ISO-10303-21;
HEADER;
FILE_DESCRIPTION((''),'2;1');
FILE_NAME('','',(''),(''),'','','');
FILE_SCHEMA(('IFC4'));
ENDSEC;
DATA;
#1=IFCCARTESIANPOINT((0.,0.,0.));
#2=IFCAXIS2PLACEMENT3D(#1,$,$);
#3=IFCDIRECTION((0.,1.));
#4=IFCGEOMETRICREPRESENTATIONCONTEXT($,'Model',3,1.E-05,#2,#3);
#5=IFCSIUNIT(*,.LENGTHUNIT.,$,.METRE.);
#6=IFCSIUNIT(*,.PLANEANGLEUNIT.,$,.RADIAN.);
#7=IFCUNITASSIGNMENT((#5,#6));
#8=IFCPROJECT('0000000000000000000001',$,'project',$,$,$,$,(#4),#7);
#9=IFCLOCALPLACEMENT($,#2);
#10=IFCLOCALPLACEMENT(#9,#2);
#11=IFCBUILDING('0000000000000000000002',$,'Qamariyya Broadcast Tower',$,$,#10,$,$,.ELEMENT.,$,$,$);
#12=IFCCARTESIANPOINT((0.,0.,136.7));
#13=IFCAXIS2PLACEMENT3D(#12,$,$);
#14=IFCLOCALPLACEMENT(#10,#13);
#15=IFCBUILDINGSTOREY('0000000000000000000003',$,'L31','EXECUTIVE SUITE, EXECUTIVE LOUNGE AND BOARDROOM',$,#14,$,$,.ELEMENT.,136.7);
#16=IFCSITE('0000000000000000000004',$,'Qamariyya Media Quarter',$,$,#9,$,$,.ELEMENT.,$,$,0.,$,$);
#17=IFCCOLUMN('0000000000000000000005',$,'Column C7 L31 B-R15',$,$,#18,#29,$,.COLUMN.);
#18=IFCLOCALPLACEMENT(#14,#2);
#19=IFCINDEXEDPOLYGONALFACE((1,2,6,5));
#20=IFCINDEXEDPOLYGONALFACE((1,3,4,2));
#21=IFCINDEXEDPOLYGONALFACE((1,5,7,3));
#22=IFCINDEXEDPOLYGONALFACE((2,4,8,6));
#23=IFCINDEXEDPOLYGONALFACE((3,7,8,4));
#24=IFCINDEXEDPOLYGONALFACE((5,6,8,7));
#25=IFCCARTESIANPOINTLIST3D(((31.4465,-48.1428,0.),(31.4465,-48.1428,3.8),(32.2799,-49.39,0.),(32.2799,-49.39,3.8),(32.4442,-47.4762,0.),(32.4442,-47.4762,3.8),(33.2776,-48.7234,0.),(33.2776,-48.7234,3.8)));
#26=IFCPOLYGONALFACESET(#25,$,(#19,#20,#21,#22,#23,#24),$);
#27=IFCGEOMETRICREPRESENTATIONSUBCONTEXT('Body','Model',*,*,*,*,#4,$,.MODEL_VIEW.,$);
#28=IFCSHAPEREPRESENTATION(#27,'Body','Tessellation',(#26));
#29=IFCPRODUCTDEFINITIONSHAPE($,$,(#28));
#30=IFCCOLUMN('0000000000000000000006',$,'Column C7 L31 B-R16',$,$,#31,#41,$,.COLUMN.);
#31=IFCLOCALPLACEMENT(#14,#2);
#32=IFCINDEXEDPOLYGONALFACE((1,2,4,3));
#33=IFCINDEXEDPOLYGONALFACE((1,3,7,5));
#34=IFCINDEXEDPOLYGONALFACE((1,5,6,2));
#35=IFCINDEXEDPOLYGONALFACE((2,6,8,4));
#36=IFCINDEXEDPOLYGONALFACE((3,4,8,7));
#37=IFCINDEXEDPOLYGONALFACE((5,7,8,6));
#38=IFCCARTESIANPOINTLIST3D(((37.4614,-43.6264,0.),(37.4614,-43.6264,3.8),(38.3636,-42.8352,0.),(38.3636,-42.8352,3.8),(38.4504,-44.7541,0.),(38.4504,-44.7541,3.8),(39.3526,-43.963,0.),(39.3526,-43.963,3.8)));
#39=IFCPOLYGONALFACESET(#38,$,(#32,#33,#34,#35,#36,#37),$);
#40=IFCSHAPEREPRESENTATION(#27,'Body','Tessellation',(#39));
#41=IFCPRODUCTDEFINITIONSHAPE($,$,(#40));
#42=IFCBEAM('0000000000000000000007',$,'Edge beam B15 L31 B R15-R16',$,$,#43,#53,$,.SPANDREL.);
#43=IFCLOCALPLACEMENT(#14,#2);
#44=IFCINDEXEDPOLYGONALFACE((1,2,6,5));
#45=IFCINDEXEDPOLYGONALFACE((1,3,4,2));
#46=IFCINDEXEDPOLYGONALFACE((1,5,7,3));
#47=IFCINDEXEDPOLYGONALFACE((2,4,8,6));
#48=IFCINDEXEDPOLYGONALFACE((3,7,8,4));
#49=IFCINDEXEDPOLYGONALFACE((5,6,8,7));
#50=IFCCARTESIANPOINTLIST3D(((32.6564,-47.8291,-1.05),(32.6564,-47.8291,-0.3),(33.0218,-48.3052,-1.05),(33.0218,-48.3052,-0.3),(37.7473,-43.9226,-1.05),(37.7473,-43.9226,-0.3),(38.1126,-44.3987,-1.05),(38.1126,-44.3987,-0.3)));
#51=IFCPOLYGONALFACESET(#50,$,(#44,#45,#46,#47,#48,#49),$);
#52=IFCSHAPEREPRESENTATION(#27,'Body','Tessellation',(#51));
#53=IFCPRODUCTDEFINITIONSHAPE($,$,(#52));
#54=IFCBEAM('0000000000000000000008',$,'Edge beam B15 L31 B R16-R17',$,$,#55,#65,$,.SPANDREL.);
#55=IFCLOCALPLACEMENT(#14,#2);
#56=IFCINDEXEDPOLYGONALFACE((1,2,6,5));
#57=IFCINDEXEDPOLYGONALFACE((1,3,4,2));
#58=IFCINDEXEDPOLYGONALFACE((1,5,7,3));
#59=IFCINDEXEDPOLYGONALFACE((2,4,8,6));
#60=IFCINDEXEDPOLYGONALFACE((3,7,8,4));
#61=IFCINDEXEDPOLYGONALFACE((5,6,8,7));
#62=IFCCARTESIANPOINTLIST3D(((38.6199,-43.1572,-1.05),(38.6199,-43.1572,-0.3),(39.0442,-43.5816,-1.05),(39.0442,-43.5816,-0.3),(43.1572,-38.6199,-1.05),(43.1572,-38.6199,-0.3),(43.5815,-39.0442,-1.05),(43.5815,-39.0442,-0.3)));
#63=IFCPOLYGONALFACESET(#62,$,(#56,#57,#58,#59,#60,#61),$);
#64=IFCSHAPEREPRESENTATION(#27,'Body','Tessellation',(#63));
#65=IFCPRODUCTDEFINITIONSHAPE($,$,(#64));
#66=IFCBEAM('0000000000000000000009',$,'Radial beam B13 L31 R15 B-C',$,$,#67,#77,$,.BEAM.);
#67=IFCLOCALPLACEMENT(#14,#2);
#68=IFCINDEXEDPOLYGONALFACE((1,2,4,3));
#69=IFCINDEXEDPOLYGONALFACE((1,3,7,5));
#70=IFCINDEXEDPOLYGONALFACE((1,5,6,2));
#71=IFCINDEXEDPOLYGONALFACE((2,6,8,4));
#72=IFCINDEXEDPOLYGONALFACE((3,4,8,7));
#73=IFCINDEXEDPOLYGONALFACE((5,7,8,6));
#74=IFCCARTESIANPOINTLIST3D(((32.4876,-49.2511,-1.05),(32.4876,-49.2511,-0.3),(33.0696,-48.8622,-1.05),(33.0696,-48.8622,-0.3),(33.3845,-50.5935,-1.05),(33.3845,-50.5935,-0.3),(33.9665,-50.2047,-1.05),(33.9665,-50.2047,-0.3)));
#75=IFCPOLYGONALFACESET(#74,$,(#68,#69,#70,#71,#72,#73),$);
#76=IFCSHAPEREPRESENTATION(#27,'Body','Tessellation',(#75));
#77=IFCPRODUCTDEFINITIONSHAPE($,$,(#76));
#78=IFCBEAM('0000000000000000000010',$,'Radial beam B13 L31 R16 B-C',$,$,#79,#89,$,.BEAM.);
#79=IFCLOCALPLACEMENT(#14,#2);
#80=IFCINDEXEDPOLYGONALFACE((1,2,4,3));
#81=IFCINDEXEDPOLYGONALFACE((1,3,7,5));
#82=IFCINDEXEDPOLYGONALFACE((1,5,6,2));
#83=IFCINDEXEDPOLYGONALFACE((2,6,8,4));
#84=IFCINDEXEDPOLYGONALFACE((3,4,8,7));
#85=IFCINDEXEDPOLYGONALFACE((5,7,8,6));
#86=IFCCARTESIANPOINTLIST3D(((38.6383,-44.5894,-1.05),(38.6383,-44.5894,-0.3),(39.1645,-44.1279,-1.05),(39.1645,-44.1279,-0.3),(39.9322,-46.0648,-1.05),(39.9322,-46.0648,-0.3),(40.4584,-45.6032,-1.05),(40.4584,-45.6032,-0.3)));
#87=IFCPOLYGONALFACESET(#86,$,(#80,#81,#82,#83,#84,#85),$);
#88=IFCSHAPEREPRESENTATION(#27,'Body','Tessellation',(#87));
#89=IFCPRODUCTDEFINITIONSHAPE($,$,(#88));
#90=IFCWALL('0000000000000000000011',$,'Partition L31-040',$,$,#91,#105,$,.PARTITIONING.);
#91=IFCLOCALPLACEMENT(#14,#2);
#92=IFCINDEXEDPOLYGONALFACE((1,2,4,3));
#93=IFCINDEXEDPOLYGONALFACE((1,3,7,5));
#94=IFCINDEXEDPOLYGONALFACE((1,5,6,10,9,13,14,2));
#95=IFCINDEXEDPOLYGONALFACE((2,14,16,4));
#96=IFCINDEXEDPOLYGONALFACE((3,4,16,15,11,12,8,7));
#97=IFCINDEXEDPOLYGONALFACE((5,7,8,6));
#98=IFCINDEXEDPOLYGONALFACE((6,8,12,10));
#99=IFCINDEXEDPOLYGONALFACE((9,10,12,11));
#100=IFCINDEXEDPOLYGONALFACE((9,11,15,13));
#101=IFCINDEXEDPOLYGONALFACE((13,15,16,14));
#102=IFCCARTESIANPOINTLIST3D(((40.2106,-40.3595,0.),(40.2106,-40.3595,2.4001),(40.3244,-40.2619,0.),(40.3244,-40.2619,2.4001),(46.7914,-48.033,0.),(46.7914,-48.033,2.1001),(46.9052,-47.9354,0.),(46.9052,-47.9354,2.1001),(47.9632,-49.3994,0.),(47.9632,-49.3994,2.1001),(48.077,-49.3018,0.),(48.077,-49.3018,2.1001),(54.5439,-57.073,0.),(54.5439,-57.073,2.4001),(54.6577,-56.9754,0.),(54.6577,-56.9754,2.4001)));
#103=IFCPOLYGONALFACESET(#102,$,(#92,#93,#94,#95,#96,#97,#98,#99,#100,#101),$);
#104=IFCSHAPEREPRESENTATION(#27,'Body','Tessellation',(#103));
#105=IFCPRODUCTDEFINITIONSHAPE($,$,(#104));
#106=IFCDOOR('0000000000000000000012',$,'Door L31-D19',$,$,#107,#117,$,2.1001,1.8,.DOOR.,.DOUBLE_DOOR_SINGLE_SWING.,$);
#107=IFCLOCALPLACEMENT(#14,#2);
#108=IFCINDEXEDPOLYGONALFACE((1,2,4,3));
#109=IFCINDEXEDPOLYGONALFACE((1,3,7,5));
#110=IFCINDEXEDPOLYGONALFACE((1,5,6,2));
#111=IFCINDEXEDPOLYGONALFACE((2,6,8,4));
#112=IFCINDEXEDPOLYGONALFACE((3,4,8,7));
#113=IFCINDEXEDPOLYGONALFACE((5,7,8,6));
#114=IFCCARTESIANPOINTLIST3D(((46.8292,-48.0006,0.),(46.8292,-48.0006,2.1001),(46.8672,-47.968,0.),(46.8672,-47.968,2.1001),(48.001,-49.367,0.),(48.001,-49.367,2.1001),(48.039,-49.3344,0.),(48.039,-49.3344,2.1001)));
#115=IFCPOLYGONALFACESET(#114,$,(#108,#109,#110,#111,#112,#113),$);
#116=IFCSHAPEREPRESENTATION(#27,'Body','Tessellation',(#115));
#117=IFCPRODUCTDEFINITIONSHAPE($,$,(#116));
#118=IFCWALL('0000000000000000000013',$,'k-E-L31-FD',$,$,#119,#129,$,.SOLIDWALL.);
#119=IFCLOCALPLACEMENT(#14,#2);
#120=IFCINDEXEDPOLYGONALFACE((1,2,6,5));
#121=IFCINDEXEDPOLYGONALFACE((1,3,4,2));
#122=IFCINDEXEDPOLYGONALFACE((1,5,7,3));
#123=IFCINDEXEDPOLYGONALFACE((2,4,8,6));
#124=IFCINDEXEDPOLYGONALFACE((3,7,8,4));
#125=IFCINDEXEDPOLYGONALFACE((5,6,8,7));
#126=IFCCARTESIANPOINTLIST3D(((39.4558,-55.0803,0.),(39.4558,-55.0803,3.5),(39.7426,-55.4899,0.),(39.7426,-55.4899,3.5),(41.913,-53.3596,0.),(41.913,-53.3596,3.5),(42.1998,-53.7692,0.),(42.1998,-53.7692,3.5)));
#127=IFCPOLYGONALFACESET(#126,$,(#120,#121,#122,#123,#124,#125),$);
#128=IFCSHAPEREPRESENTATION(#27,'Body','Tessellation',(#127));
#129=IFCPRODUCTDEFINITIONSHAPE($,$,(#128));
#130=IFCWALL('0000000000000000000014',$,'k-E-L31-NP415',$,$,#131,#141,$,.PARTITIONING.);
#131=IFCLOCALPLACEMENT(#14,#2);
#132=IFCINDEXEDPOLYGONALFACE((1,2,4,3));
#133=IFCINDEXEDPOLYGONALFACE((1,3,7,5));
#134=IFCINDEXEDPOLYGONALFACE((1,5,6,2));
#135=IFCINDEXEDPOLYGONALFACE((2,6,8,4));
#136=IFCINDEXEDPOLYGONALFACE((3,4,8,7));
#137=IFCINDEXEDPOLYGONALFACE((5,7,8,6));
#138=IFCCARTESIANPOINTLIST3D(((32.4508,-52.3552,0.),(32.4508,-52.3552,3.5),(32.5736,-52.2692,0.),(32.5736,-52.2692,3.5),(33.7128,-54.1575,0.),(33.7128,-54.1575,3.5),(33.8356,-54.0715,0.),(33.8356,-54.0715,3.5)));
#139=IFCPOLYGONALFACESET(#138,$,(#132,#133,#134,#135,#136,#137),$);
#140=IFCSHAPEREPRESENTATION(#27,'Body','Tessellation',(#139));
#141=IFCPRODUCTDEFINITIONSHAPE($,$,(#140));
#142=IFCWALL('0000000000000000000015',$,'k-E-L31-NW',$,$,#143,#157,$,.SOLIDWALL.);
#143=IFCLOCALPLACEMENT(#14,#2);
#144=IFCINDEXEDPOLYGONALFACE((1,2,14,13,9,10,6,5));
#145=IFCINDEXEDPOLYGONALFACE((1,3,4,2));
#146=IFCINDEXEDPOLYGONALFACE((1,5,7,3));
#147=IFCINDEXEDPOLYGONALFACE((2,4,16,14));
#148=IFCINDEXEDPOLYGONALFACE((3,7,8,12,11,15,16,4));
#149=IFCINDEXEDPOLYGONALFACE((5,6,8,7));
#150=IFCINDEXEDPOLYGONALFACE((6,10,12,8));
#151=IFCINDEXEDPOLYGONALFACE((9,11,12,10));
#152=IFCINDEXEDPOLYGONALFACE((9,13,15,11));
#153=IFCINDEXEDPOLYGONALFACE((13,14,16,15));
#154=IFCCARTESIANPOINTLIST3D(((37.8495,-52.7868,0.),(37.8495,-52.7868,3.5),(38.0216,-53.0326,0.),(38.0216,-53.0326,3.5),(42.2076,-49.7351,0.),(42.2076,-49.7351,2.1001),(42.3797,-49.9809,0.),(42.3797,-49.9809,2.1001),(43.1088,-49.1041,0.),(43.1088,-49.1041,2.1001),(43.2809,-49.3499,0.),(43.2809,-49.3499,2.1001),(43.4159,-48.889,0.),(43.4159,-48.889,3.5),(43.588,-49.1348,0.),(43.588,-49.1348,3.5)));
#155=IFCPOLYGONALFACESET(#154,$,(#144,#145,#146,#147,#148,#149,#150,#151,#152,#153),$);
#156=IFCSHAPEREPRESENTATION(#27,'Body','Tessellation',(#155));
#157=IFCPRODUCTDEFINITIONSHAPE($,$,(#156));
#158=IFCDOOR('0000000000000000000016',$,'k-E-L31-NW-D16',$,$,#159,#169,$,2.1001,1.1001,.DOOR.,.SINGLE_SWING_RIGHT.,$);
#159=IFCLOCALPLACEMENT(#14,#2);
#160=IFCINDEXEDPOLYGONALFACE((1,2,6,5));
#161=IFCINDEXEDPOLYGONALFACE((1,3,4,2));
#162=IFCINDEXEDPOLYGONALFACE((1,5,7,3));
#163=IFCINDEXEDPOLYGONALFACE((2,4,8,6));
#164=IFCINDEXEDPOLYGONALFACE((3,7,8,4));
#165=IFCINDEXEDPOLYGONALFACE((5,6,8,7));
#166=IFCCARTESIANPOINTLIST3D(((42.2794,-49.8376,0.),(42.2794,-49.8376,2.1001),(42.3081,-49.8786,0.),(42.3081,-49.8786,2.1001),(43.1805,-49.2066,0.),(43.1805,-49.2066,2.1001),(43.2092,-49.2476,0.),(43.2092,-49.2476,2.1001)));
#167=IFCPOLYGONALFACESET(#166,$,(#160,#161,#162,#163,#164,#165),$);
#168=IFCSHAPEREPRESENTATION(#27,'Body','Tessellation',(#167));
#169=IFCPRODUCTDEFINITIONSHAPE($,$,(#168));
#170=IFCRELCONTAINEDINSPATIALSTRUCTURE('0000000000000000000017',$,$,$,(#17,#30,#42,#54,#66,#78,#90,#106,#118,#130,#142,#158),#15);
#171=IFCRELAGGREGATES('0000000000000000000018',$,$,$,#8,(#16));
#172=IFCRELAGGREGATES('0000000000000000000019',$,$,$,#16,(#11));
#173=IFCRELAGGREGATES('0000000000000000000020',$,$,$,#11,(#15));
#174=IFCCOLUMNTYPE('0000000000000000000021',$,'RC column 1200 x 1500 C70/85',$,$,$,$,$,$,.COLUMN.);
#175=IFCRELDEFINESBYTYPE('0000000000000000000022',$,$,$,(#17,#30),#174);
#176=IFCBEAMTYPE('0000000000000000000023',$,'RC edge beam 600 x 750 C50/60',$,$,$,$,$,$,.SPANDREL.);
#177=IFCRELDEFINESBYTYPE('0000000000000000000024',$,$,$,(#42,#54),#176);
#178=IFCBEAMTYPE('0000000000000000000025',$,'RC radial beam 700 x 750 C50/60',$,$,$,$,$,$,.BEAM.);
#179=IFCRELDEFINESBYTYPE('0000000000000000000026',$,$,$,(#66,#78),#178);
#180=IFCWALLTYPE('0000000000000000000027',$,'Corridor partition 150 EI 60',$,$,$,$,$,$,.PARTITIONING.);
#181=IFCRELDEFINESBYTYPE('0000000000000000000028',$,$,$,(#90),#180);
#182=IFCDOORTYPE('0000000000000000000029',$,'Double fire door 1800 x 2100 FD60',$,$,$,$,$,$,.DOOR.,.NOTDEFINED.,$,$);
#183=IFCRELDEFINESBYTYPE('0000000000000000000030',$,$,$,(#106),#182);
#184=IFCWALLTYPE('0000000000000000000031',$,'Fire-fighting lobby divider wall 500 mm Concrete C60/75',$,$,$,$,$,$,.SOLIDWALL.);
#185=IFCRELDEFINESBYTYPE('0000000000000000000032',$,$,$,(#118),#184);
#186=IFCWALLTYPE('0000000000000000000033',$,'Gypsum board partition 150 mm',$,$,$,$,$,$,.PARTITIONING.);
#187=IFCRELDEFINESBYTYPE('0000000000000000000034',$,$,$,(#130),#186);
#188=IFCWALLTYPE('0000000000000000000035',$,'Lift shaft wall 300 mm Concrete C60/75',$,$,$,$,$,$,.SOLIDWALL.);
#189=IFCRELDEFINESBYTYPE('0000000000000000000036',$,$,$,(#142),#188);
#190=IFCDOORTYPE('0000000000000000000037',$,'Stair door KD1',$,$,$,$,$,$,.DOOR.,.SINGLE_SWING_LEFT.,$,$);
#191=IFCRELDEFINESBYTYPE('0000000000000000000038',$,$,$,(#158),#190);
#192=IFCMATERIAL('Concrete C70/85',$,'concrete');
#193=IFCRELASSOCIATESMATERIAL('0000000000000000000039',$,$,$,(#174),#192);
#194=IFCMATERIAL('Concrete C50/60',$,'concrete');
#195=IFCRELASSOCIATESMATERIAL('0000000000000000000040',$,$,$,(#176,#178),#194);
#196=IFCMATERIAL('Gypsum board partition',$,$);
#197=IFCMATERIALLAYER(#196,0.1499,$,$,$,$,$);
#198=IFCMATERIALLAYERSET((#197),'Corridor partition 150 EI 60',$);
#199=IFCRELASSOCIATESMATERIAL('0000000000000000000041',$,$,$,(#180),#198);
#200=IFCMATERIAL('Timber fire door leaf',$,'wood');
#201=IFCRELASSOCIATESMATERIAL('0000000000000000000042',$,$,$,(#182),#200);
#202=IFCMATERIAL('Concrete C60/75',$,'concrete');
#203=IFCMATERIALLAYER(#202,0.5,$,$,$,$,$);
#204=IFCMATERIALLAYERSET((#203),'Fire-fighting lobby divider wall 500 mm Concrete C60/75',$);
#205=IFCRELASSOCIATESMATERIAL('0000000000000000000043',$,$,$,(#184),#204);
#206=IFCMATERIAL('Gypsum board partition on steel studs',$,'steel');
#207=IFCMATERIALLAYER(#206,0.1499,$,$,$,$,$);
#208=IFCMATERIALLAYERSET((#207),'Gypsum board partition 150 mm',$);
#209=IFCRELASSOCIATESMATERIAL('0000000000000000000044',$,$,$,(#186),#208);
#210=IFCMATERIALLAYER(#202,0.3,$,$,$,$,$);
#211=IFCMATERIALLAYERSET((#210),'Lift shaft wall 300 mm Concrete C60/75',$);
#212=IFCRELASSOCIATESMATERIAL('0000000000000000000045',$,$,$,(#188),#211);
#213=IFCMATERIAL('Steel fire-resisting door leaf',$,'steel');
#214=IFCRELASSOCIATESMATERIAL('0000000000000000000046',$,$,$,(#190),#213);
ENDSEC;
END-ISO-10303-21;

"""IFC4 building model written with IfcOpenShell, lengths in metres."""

from ifc_helpers import new_model, si_unit, direction, frame, frame_2d, origin, origin_2d, place, context, subcontext, project, spatial, rectangle, extrude, material, layer, layer_set, material_profile, profile_set, type_object, element, fill, save


model = new_model("IFC4")

# Units and contexts
model_context = context("Model", 3, precision=1e-05, world=origin(), true_north=direction((0.0, 1.0)))
body_context = subcontext(model_context, "Body", "Model", "MODEL_VIEW")
ifc_project = project(units=[si_unit("LENGTHUNIT", "METRE"), si_unit("PLANEANGLEUNIT", "RADIAN")], contexts=[model_context])

# Site, building, storey
site_placement = place(None, origin())
site = spatial("IfcSite", under=ifc_project, at=site_placement, Name="Qamariyya Media Quarter", CompositionType="ELEMENT", RefElevation=0.0)
building_placement = place(site_placement, origin())
building = spatial("IfcBuilding", under=site, at=building_placement, Name="Qamariyya Broadcast Tower", CompositionType="ELEMENT")
storey_placement = place(building_placement, frame((0.0, 0.0, 136.7)))
storey = spatial("IfcBuildingStorey", under=building, at=storey_placement, Name="L31", Description="EXECUTIVE SUITE, EXECUTIVE LOUNGE AND BOARDROOM", CompositionType="ELEMENT", Elevation=136.7)

# Columns
ifc_material_1 = material(Name="Concrete C70/85", Category="concrete")
ifc_material_profile_1 = material_profile(ifc_material_1, rectangle(XDim=1.2, YDim=1.5, at=origin_2d()))
ifc_profile_set_1 = profile_set([ifc_material_profile_1], Name="Concrete C70/85")
column_type = type_object("IfcColumnType", Name="RC column 1200 x 1500 C70/85", PredefinedType="COLUMN", material=ifc_profile_set_1)
for number, where, z_axis, x_axis, name in (
    (1, (32.3621, -48.4331, 0.0), (0.0, 0.0, 1.0), (0.83147, 0.55557, 0.0), "Column C7 L31 B-R15"),
    (2, (38.407, -43.7947, 0.0), (0.0, 0.0, 1.0), (0.75184, 0.659346, 0.0), "Column C7 L31 B-R16"),
):
    element("IfcColumn", number, at=place(storey_placement, frame(where, z_axis=z_axis, x_axis=x_axis)), inside=storey, type_object=column_type, Name=name, PredefinedType="COLUMN", context=body_context, shape_type="SweptSolid", body=[
        extrude(rectangle(XDim=1.2, YDim=1.5, at=origin_2d()), origin(), (0.0, 0.0, 1.0), 3.8),
    ])

# Beams
ifc_material_2 = material(Name="Concrete C50/60", Category="concrete")
ifc_material_profile_2 = material_profile(ifc_material_2, rectangle(XDim=0.6001, YDim=0.75, at=origin_2d()))
ifc_profile_set_2 = profile_set([ifc_material_profile_2], Name="Concrete C50/60")
beam_type_1 = type_object("IfcBeamType", Name="RC edge beam 600 x 750 C50/60", PredefinedType="SPANDREL", material=ifc_profile_set_2)
beam_1_placement = place(storey_placement, frame((32.8391, -48.0671, -0.675), z_axis=(0.793341, 0.608778, 0.0), x_axis=(-0.608778, 0.793341, 0.0)))
element("IfcBeam", 3, at=beam_1_placement, inside=storey, type_object=beam_type_1, Name="Edge beam B15 L31 B R15-R16", PredefinedType="SPANDREL", context=body_context, shape_type="SweptSolid", body=[
    extrude(rectangle(XDim=0.6001, YDim=0.75, at=origin_2d()), origin(), (0.0, 0.0, 1.0), 6.417),
])
beam_2_placement = place(storey_placement, frame((38.832, -43.3694, -0.675), z_axis=(0.707107, 0.707107, 0.0), x_axis=(-0.707107, 0.707107, 0.0)))
element("IfcBeam", 4, at=beam_2_placement, inside=storey, type_object=beam_type_1, Name="Edge beam B15 L31 B R16-R17", PredefinedType="SPANDREL", context=body_context, shape_type="SweptSolid", body=[
    extrude(rectangle(XDim=0.6001, YDim=0.75, at=origin_2d()), origin(), (0.0, 0.0, 1.0), 6.4167),
])
ifc_material_profile_3 = material_profile(ifc_material_2, rectangle(XDim=0.7, YDim=0.75, at=origin_2d()))
ifc_profile_set_3 = profile_set([ifc_material_profile_3], Name="Concrete C50/60")
beam_type_2 = type_object("IfcBeamType", Name="RC radial beam 700 x 750 C50/60", PredefinedType="BEAM", material=ifc_profile_set_3)
beam_3_placement = place(storey_placement, frame((32.7786, -49.0566, -0.675), z_axis=(0.555537, -0.831492, 0.0), x_axis=(0.831492, 0.555537, 0.0)))
element("IfcBeam", 5, at=beam_3_placement, inside=storey, type_object=beam_type_2, Name="Radial beam B13 L31 R15 B-C", PredefinedType="BEAM", context=body_context, shape_type="SweptSolid", body=[
    extrude(rectangle(XDim=0.7, YDim=0.75, at=origin_2d()), origin(), (0.0, 0.0, 1.0), 1.6145),
])
beam_4_placement = place(storey_placement, frame((38.9014, -44.3586, -0.675), z_axis=(0.659376, -0.751813, 0.0), x_axis=(0.751813, 0.659376, 0.0)))
element("IfcBeam", 6, at=beam_4_placement, inside=storey, type_object=beam_type_2, Name="Radial beam B13 L31 R16 B-C", PredefinedType="BEAM", context=body_context, shape_type="SweptSolid", body=[
    extrude(rectangle(XDim=0.7, YDim=0.75, at=origin_2d()), origin(), (0.0, 0.0, 1.0), 1.9624),
])

# Wall, opening, door
ifc_material_3 = material(Name="Gypsum board partition")
ifc_layer_1 = layer(ifc_material_3, 0.1499)
ifc_layer_set_1 = layer_set([ifc_layer_1], Name="Corridor partition 150 EI 60")
wall_type_1 = type_object("IfcWallType", Name="Corridor partition 150 EI 60", PredefinedType="PARTITIONING", material=ifc_layer_set_1)
wall_1_placement = place(storey_placement, frame((40.2676, -40.3108, 0.0), z_axis=(0.0, 0.0, 1.0), x_axis=(0.650988, -0.759088, 0.0)))
wall_1 = element("IfcWall", 7, at=wall_1_placement, inside=storey, type_object=wall_type_1, Name="Partition L31-040", PredefinedType="PARTITIONING", context=body_context, shape_type="SweptSolid", body=[
    extrude(rectangle(XDim=22.0178, YDim=0.1499, at=frame_2d((11.0088, 0.0))), origin(), (0.0, 0.0, 1.0), 2.4001),
])
opening_1_placement = place(wall_1_placement, frame((10.1089, 0.0, 0.0)))
opening_1 = element("IfcOpeningElement", 8, at=opening_1_placement, cuts=wall_1, PredefinedType="OPENING", context=body_context, shape_type="SweptSolid", body=[
    extrude(rectangle(XDim=1.8, YDim=2.1001, at=frame_2d((0.8999, 1.05))), frame((0.0, 0.085, 0.0), z_axis=(0.0, -1.0, 0.0), x_axis=(1.0, 0.0, 0.0)), (0.0, 0.0, 1.0), 0.1699),
])
ifc_material_4 = material(Name="Timber fire door leaf", Category="wood")
door_type_1 = type_object("IfcDoorType", Name="Double fire door 1800 x 2100 FD60", OperationType="NOTDEFINED", PredefinedType="DOOR", material=ifc_material_4)
door_1_placement = place(opening_1_placement, origin())
door_1 = element("IfcDoor", 9, at=door_1_placement, inside=storey, type_object=door_type_1, Name="Door L31-D19", OperationType="DOUBLE_DOOR_SINGLE_SWING", OverallHeight=2.1001, OverallWidth=1.8, PredefinedType="DOOR", context=body_context, shape_type="SweptSolid", body=[
    extrude(rectangle(XDim=1.8, YDim=2.1001, at=frame_2d((0.8999, 1.05))), frame((0.0, 0.0249, 0.0), z_axis=(0.0, -1.0, 0.0), x_axis=(1.0, 0.0, 0.0)), (0.0, 0.0, 1.0), 0.05),
])
fill(opening_1, door_1)

# Walls
ifc_material_5 = material(Name="Concrete C60/75", Category="concrete")
ifc_layer_2 = layer(ifc_material_5, 0.5)
ifc_layer_set_2 = layer_set([ifc_layer_2], Name="Fire-fighting lobby divider wall 500 mm Concrete C60/75")
wall_type_2 = type_object("IfcWallType", Name="Fire-fighting lobby divider wall 500 mm Concrete C60/75", PredefinedType="SOLIDWALL", material=ifc_layer_set_2)
wall_2_placement = place(storey_placement, frame((39.5991, -55.2852, 0.0), z_axis=(0.0, 0.0, 1.0), x_axis=(0.819136, 0.573599, 0.0)))
element("IfcWall", 10, at=wall_2_placement, inside=storey, type_object=wall_type_2, Name="k-E-L31-FD", PredefinedType="SOLIDWALL", context=body_context, shape_type="SweptSolid", body=[
    extrude(rectangle(XDim=2.9998, YDim=0.5, at=frame_2d((1.5, 0.0))), origin(), (0.0, 0.0, 1.0), 3.5),
])
ifc_material_6 = material(Name="Gypsum board partition on steel studs", Category="steel")
ifc_layer_3 = layer(ifc_material_6, 0.1499)
ifc_layer_set_3 = layer_set([ifc_layer_3], Name="Gypsum board partition 150 mm")
wall_type_3 = type_object("IfcWallType", Name="Gypsum board partition 150 mm", PredefinedType="PARTITIONING", material=ifc_layer_set_3)
wall_3_placement = place(storey_placement, frame((33.7742, -54.1145, 0.0), z_axis=(0.0, 0.0, 1.0), x_axis=(-0.573581, 0.819149, 0.0)))
element("IfcWall", 11, at=wall_3_placement, inside=storey, type_object=wall_type_3, Name="k-E-L31-NP415", PredefinedType="PARTITIONING", context=body_context, shape_type="SweptSolid", body=[
    extrude(rectangle(XDim=2.2002, YDim=0.1499, at=frame_2d((1.1001, 0.0))), origin(), (0.0, 0.0, 1.0), 3.5),
])

# Wall, opening, door
ifc_layer_4 = layer(ifc_material_5, 0.3)
ifc_layer_set_4 = layer_set([ifc_layer_4], Name="Lift shaft wall 300 mm Concrete C60/75")
wall_type_4 = type_object("IfcWallType", Name="Lift shaft wall 300 mm Concrete C60/75", PredefinedType="SOLIDWALL", material=ifc_layer_set_4)
wall_4_placement = place(storey_placement, frame((37.9355, -52.9097, 0.0), z_axis=(0.0, 0.0, 1.0), x_axis=(0.819148, 0.573583, 0.0)))
wall_4 = element("IfcWall", 12, at=wall_4_placement, inside=storey, type_object=wall_type_4, Name="k-E-L31-NW", PredefinedType="SOLIDWALL", context=body_context, shape_type="SweptSolid", body=[
    extrude(rectangle(XDim=6.7954, YDim=0.3, at=frame_2d((3.3977, 0.0))), origin(), (0.0, 0.0, 1.0), 3.5),
])
opening_2_placement = place(wall_4_placement, frame((5.3203, 0.0, 0.0)))
opening_2 = element("IfcOpeningElement", 13, at=opening_2_placement, cuts=wall_4, PredefinedType="OPENING", context=body_context, shape_type="SweptSolid", body=[
    extrude(rectangle(XDim=1.1001, YDim=2.1001, at=frame_2d((0.55, 1.05))), frame((0.0, 0.1599, 0.0), z_axis=(0.0, -1.0, 0.0), x_axis=(1.0, 0.0, 0.0)), (0.0, 0.0, 1.0), 0.3201),
])
ifc_material_7 = material(Name="Steel fire-resisting door leaf", Category="steel")
door_type_2 = type_object("IfcDoorType", Name="Stair door KD1", OperationType="SINGLE_SWING_LEFT", PredefinedType="DOOR", material=ifc_material_7)
door_2_placement = place(opening_2_placement, origin())
door_2 = element("IfcDoor", 14, at=door_2_placement, inside=storey, type_object=door_type_2, Name="k-E-L31-NW-D16", OperationType="SINGLE_SWING_RIGHT", OverallHeight=2.1001, OverallWidth=1.1001, PredefinedType="DOOR", context=body_context, shape_type="SweptSolid", body=[
    extrude(rectangle(XDim=1.1001, YDim=2.1001, at=frame_2d((0.55, 1.05))), frame((0.0, 0.0249, 0.0), z_axis=(0.0, -1.0, 0.0), x_axis=(1.0, 0.0, 0.0)), (0.0, 0.0, 1.0), 0.05),
])
fill(opening_2, door_2)

save(model, "model.ifc")
